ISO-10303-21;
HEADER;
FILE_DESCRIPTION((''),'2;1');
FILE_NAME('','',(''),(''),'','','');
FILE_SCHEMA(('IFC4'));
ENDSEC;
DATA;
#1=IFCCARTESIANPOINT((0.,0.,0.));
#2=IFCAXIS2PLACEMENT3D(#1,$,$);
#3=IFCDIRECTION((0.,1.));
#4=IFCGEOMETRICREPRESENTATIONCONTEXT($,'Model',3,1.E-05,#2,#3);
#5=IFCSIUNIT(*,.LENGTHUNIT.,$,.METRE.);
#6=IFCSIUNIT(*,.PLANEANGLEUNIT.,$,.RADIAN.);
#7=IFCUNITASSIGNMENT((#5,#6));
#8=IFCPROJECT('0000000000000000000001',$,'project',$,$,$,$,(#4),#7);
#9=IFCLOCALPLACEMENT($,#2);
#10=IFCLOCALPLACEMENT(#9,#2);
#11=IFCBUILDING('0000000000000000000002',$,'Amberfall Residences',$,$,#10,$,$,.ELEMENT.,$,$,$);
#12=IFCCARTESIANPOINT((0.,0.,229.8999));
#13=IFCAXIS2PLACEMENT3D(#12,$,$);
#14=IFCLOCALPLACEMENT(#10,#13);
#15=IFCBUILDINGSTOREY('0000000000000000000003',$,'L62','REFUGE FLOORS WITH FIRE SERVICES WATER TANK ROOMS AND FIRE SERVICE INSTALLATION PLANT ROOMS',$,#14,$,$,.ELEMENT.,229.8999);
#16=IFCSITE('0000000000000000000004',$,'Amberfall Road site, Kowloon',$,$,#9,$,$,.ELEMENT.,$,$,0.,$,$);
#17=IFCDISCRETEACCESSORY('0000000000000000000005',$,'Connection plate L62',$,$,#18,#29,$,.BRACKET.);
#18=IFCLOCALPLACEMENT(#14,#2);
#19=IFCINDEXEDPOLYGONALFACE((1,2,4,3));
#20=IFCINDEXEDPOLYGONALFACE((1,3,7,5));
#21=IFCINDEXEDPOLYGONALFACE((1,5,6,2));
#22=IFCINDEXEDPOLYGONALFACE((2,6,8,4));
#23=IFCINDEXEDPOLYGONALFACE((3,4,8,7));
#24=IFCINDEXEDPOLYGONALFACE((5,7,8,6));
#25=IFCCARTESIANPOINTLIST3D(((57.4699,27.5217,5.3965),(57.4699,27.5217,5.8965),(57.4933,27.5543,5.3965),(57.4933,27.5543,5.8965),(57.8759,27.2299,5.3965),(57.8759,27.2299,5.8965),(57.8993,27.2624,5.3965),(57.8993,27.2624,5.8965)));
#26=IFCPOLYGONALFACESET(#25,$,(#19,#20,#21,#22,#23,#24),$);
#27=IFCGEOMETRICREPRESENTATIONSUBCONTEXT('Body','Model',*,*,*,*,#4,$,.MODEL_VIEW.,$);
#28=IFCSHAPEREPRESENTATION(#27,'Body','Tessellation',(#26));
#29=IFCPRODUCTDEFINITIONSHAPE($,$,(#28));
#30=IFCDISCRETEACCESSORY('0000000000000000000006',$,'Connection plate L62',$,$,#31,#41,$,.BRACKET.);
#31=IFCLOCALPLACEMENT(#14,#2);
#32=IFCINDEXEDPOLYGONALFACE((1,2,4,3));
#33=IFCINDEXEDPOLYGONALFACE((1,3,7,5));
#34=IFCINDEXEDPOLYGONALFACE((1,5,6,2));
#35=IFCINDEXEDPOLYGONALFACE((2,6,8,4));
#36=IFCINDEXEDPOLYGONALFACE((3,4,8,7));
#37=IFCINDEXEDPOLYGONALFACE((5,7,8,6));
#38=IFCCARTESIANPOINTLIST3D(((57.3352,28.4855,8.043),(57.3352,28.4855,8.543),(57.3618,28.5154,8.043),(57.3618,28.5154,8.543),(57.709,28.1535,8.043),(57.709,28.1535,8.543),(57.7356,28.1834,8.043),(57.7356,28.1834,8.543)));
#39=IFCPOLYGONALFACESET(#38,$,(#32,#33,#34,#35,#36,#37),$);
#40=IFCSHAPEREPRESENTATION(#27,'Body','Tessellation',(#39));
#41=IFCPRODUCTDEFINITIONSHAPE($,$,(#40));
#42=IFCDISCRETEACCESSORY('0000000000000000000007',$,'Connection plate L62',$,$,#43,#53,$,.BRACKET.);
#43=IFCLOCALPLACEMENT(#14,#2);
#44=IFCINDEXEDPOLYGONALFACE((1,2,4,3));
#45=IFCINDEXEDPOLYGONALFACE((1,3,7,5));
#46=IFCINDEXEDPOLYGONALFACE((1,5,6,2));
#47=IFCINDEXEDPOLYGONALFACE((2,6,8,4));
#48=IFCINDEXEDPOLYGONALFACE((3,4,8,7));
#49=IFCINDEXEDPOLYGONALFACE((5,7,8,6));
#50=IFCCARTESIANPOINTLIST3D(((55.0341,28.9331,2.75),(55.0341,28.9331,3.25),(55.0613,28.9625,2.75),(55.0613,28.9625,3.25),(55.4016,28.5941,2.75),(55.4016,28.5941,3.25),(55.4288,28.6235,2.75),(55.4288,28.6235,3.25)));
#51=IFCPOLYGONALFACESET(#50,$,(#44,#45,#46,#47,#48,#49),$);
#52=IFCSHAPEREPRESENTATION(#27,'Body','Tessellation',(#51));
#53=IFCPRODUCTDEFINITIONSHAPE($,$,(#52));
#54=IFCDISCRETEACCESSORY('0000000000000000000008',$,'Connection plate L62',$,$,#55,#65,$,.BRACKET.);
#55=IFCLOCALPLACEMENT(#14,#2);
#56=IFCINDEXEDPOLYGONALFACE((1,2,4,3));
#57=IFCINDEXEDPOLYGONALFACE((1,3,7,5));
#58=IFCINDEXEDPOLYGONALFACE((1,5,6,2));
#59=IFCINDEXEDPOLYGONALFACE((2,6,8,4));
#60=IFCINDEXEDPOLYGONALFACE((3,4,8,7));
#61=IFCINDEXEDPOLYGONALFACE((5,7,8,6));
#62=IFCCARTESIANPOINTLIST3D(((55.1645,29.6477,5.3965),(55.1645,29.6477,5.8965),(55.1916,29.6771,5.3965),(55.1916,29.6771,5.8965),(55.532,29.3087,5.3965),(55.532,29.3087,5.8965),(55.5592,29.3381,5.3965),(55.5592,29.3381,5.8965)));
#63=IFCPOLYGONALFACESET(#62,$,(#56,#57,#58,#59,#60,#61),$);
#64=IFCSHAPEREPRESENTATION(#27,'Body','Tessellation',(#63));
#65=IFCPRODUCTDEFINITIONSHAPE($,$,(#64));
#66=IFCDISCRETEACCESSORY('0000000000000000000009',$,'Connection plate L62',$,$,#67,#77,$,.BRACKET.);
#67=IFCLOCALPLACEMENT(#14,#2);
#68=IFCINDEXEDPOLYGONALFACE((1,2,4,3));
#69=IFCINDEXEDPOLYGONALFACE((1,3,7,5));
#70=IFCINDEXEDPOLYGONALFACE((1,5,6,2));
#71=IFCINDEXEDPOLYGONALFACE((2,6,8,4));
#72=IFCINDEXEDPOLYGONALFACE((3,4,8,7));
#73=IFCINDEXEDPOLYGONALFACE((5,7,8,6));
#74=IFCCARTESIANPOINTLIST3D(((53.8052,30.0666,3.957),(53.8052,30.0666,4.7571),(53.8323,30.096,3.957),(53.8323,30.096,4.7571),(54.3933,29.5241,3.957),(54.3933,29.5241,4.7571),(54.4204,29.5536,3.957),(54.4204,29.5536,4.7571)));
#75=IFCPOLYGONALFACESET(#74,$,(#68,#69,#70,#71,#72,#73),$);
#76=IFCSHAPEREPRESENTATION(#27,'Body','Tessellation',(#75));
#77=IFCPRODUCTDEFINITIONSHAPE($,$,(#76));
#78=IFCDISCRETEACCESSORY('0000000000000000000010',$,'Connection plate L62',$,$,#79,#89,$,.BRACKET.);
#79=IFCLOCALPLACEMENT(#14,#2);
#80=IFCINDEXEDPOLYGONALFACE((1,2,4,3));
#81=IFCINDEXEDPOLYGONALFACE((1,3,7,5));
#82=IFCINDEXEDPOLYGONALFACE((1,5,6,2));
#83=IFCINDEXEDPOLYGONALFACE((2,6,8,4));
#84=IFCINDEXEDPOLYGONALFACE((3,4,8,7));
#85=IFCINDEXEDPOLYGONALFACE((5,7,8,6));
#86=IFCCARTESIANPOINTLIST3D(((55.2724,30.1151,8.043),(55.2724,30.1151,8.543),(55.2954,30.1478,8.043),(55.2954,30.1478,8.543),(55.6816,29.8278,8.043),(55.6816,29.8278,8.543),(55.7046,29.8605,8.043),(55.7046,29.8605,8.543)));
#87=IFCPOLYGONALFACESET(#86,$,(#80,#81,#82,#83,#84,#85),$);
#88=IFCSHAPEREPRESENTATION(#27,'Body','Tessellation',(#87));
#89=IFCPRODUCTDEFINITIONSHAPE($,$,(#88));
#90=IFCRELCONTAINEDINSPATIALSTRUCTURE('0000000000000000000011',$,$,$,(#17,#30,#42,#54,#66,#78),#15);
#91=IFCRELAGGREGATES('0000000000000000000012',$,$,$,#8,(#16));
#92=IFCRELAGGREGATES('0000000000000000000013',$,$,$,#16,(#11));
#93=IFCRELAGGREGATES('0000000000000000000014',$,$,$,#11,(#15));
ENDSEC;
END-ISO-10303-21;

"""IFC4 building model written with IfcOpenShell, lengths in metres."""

from ifc_helpers import new_model, si_unit, direction, frame, origin, origin_2d, place, context, subcontext, project, spatial, rectangle, extrude, element, save


model = new_model("IFC4")

# Units and contexts
model_context = context("Model", 3, precision=1e-05, world=origin(), true_north=direction((0.0, 1.0)))
body_context = subcontext(model_context, "Body", "Model", "MODEL_VIEW")
ifc_project = project(units=[si_unit("LENGTHUNIT", "METRE"), si_unit("PLANEANGLEUNIT", "RADIAN")], contexts=[model_context])

# Site, building, storey
site_placement = place(None, origin())
site = spatial("IfcSite", under=ifc_project, at=site_placement, Name="Amberfall Road site, Kowloon", CompositionType="ELEMENT", RefElevation=0.0)
building_placement = place(site_placement, origin())
building = spatial("IfcBuilding", under=site, at=building_placement, Name="Amberfall Residences", CompositionType="ELEMENT")
storey_placement = place(building_placement, frame((0.0, 0.0, 229.8999)))
storey = spatial("IfcBuildingStorey", under=building, at=storey_placement, Name="L62", Description="REFUGE FLOORS WITH FIRE SERVICES WATER TANK ROOMS AND FIRE SERVICE INSTALLATION PLANT ROOMS", CompositionType="ELEMENT", Elevation=229.8999)

# Discrete accessories
for number, where, z_axis, x_axis, name in (
    (1, (57.6846, 27.3921, 5.3965), (0.0, 0.0, 1.0), (0.812002, -0.583655, 0.0), "Connection plate L62"),
    (2, (57.5354, 28.3345, 8.043), (0.0, 0.0, 1.0), (0.74774, -0.663991, 0.0), "Connection plate L62"),
    (3, (55.2314, 28.7783, 2.75), (0.0, 0.0, 1.0), (-0.735068, 0.677993, 0.0), "Connection plate L62"),
    (4, (55.3618, 29.4929, 5.3965), (0.0, 0.0, 1.0), (-0.735068, 0.677993, 0.0), "Connection plate L62"),
):
    element("IfcDiscreteAccessory", number, at=place(storey_placement, frame(where, z_axis=z_axis, x_axis=x_axis)), inside=storey, Name=name, PredefinedType="BRACKET", context=body_context, shape_type="SweptSolid", body=[
        extrude(rectangle(XDim=0.5, YDim=0.04, at=origin_2d()), origin(), (0.0, 0.0, 1.0), 0.5),
    ])
discrete_accessory_1_placement = place(storey_placement, frame((54.1128, 29.8101, 3.957), z_axis=(0.0, 0.0, 1.0), x_axis=(-0.735068, 0.677993, 0.0)))
element("IfcDiscreteAccessory", 5, at=discrete_accessory_1_placement, inside=storey, Name="Connection plate L62", PredefinedType="BRACKET", context=body_context, shape_type="SweptSolid", body=[
    extrude(rectangle(XDim=0.8, YDim=0.04, at=origin_2d()), origin(), (0.0, 0.0, 1.0), 0.8),
])
discrete_accessory_2_placement = place(storey_placement, frame((55.4885, 29.9878, 8.043), z_axis=(0.0, 0.0, 1.0), x_axis=(-0.818441, 0.574591, 0.0)))
element("IfcDiscreteAccessory", 6, at=discrete_accessory_2_placement, inside=storey, Name="Connection plate L62", PredefinedType="BRACKET", context=body_context, shape_type="SweptSolid", body=[
    extrude(rectangle(XDim=0.5, YDim=0.04, at=origin_2d()), origin(), (0.0, 0.0, 1.0), 0.5),
])

save(model, "model.ifc")
